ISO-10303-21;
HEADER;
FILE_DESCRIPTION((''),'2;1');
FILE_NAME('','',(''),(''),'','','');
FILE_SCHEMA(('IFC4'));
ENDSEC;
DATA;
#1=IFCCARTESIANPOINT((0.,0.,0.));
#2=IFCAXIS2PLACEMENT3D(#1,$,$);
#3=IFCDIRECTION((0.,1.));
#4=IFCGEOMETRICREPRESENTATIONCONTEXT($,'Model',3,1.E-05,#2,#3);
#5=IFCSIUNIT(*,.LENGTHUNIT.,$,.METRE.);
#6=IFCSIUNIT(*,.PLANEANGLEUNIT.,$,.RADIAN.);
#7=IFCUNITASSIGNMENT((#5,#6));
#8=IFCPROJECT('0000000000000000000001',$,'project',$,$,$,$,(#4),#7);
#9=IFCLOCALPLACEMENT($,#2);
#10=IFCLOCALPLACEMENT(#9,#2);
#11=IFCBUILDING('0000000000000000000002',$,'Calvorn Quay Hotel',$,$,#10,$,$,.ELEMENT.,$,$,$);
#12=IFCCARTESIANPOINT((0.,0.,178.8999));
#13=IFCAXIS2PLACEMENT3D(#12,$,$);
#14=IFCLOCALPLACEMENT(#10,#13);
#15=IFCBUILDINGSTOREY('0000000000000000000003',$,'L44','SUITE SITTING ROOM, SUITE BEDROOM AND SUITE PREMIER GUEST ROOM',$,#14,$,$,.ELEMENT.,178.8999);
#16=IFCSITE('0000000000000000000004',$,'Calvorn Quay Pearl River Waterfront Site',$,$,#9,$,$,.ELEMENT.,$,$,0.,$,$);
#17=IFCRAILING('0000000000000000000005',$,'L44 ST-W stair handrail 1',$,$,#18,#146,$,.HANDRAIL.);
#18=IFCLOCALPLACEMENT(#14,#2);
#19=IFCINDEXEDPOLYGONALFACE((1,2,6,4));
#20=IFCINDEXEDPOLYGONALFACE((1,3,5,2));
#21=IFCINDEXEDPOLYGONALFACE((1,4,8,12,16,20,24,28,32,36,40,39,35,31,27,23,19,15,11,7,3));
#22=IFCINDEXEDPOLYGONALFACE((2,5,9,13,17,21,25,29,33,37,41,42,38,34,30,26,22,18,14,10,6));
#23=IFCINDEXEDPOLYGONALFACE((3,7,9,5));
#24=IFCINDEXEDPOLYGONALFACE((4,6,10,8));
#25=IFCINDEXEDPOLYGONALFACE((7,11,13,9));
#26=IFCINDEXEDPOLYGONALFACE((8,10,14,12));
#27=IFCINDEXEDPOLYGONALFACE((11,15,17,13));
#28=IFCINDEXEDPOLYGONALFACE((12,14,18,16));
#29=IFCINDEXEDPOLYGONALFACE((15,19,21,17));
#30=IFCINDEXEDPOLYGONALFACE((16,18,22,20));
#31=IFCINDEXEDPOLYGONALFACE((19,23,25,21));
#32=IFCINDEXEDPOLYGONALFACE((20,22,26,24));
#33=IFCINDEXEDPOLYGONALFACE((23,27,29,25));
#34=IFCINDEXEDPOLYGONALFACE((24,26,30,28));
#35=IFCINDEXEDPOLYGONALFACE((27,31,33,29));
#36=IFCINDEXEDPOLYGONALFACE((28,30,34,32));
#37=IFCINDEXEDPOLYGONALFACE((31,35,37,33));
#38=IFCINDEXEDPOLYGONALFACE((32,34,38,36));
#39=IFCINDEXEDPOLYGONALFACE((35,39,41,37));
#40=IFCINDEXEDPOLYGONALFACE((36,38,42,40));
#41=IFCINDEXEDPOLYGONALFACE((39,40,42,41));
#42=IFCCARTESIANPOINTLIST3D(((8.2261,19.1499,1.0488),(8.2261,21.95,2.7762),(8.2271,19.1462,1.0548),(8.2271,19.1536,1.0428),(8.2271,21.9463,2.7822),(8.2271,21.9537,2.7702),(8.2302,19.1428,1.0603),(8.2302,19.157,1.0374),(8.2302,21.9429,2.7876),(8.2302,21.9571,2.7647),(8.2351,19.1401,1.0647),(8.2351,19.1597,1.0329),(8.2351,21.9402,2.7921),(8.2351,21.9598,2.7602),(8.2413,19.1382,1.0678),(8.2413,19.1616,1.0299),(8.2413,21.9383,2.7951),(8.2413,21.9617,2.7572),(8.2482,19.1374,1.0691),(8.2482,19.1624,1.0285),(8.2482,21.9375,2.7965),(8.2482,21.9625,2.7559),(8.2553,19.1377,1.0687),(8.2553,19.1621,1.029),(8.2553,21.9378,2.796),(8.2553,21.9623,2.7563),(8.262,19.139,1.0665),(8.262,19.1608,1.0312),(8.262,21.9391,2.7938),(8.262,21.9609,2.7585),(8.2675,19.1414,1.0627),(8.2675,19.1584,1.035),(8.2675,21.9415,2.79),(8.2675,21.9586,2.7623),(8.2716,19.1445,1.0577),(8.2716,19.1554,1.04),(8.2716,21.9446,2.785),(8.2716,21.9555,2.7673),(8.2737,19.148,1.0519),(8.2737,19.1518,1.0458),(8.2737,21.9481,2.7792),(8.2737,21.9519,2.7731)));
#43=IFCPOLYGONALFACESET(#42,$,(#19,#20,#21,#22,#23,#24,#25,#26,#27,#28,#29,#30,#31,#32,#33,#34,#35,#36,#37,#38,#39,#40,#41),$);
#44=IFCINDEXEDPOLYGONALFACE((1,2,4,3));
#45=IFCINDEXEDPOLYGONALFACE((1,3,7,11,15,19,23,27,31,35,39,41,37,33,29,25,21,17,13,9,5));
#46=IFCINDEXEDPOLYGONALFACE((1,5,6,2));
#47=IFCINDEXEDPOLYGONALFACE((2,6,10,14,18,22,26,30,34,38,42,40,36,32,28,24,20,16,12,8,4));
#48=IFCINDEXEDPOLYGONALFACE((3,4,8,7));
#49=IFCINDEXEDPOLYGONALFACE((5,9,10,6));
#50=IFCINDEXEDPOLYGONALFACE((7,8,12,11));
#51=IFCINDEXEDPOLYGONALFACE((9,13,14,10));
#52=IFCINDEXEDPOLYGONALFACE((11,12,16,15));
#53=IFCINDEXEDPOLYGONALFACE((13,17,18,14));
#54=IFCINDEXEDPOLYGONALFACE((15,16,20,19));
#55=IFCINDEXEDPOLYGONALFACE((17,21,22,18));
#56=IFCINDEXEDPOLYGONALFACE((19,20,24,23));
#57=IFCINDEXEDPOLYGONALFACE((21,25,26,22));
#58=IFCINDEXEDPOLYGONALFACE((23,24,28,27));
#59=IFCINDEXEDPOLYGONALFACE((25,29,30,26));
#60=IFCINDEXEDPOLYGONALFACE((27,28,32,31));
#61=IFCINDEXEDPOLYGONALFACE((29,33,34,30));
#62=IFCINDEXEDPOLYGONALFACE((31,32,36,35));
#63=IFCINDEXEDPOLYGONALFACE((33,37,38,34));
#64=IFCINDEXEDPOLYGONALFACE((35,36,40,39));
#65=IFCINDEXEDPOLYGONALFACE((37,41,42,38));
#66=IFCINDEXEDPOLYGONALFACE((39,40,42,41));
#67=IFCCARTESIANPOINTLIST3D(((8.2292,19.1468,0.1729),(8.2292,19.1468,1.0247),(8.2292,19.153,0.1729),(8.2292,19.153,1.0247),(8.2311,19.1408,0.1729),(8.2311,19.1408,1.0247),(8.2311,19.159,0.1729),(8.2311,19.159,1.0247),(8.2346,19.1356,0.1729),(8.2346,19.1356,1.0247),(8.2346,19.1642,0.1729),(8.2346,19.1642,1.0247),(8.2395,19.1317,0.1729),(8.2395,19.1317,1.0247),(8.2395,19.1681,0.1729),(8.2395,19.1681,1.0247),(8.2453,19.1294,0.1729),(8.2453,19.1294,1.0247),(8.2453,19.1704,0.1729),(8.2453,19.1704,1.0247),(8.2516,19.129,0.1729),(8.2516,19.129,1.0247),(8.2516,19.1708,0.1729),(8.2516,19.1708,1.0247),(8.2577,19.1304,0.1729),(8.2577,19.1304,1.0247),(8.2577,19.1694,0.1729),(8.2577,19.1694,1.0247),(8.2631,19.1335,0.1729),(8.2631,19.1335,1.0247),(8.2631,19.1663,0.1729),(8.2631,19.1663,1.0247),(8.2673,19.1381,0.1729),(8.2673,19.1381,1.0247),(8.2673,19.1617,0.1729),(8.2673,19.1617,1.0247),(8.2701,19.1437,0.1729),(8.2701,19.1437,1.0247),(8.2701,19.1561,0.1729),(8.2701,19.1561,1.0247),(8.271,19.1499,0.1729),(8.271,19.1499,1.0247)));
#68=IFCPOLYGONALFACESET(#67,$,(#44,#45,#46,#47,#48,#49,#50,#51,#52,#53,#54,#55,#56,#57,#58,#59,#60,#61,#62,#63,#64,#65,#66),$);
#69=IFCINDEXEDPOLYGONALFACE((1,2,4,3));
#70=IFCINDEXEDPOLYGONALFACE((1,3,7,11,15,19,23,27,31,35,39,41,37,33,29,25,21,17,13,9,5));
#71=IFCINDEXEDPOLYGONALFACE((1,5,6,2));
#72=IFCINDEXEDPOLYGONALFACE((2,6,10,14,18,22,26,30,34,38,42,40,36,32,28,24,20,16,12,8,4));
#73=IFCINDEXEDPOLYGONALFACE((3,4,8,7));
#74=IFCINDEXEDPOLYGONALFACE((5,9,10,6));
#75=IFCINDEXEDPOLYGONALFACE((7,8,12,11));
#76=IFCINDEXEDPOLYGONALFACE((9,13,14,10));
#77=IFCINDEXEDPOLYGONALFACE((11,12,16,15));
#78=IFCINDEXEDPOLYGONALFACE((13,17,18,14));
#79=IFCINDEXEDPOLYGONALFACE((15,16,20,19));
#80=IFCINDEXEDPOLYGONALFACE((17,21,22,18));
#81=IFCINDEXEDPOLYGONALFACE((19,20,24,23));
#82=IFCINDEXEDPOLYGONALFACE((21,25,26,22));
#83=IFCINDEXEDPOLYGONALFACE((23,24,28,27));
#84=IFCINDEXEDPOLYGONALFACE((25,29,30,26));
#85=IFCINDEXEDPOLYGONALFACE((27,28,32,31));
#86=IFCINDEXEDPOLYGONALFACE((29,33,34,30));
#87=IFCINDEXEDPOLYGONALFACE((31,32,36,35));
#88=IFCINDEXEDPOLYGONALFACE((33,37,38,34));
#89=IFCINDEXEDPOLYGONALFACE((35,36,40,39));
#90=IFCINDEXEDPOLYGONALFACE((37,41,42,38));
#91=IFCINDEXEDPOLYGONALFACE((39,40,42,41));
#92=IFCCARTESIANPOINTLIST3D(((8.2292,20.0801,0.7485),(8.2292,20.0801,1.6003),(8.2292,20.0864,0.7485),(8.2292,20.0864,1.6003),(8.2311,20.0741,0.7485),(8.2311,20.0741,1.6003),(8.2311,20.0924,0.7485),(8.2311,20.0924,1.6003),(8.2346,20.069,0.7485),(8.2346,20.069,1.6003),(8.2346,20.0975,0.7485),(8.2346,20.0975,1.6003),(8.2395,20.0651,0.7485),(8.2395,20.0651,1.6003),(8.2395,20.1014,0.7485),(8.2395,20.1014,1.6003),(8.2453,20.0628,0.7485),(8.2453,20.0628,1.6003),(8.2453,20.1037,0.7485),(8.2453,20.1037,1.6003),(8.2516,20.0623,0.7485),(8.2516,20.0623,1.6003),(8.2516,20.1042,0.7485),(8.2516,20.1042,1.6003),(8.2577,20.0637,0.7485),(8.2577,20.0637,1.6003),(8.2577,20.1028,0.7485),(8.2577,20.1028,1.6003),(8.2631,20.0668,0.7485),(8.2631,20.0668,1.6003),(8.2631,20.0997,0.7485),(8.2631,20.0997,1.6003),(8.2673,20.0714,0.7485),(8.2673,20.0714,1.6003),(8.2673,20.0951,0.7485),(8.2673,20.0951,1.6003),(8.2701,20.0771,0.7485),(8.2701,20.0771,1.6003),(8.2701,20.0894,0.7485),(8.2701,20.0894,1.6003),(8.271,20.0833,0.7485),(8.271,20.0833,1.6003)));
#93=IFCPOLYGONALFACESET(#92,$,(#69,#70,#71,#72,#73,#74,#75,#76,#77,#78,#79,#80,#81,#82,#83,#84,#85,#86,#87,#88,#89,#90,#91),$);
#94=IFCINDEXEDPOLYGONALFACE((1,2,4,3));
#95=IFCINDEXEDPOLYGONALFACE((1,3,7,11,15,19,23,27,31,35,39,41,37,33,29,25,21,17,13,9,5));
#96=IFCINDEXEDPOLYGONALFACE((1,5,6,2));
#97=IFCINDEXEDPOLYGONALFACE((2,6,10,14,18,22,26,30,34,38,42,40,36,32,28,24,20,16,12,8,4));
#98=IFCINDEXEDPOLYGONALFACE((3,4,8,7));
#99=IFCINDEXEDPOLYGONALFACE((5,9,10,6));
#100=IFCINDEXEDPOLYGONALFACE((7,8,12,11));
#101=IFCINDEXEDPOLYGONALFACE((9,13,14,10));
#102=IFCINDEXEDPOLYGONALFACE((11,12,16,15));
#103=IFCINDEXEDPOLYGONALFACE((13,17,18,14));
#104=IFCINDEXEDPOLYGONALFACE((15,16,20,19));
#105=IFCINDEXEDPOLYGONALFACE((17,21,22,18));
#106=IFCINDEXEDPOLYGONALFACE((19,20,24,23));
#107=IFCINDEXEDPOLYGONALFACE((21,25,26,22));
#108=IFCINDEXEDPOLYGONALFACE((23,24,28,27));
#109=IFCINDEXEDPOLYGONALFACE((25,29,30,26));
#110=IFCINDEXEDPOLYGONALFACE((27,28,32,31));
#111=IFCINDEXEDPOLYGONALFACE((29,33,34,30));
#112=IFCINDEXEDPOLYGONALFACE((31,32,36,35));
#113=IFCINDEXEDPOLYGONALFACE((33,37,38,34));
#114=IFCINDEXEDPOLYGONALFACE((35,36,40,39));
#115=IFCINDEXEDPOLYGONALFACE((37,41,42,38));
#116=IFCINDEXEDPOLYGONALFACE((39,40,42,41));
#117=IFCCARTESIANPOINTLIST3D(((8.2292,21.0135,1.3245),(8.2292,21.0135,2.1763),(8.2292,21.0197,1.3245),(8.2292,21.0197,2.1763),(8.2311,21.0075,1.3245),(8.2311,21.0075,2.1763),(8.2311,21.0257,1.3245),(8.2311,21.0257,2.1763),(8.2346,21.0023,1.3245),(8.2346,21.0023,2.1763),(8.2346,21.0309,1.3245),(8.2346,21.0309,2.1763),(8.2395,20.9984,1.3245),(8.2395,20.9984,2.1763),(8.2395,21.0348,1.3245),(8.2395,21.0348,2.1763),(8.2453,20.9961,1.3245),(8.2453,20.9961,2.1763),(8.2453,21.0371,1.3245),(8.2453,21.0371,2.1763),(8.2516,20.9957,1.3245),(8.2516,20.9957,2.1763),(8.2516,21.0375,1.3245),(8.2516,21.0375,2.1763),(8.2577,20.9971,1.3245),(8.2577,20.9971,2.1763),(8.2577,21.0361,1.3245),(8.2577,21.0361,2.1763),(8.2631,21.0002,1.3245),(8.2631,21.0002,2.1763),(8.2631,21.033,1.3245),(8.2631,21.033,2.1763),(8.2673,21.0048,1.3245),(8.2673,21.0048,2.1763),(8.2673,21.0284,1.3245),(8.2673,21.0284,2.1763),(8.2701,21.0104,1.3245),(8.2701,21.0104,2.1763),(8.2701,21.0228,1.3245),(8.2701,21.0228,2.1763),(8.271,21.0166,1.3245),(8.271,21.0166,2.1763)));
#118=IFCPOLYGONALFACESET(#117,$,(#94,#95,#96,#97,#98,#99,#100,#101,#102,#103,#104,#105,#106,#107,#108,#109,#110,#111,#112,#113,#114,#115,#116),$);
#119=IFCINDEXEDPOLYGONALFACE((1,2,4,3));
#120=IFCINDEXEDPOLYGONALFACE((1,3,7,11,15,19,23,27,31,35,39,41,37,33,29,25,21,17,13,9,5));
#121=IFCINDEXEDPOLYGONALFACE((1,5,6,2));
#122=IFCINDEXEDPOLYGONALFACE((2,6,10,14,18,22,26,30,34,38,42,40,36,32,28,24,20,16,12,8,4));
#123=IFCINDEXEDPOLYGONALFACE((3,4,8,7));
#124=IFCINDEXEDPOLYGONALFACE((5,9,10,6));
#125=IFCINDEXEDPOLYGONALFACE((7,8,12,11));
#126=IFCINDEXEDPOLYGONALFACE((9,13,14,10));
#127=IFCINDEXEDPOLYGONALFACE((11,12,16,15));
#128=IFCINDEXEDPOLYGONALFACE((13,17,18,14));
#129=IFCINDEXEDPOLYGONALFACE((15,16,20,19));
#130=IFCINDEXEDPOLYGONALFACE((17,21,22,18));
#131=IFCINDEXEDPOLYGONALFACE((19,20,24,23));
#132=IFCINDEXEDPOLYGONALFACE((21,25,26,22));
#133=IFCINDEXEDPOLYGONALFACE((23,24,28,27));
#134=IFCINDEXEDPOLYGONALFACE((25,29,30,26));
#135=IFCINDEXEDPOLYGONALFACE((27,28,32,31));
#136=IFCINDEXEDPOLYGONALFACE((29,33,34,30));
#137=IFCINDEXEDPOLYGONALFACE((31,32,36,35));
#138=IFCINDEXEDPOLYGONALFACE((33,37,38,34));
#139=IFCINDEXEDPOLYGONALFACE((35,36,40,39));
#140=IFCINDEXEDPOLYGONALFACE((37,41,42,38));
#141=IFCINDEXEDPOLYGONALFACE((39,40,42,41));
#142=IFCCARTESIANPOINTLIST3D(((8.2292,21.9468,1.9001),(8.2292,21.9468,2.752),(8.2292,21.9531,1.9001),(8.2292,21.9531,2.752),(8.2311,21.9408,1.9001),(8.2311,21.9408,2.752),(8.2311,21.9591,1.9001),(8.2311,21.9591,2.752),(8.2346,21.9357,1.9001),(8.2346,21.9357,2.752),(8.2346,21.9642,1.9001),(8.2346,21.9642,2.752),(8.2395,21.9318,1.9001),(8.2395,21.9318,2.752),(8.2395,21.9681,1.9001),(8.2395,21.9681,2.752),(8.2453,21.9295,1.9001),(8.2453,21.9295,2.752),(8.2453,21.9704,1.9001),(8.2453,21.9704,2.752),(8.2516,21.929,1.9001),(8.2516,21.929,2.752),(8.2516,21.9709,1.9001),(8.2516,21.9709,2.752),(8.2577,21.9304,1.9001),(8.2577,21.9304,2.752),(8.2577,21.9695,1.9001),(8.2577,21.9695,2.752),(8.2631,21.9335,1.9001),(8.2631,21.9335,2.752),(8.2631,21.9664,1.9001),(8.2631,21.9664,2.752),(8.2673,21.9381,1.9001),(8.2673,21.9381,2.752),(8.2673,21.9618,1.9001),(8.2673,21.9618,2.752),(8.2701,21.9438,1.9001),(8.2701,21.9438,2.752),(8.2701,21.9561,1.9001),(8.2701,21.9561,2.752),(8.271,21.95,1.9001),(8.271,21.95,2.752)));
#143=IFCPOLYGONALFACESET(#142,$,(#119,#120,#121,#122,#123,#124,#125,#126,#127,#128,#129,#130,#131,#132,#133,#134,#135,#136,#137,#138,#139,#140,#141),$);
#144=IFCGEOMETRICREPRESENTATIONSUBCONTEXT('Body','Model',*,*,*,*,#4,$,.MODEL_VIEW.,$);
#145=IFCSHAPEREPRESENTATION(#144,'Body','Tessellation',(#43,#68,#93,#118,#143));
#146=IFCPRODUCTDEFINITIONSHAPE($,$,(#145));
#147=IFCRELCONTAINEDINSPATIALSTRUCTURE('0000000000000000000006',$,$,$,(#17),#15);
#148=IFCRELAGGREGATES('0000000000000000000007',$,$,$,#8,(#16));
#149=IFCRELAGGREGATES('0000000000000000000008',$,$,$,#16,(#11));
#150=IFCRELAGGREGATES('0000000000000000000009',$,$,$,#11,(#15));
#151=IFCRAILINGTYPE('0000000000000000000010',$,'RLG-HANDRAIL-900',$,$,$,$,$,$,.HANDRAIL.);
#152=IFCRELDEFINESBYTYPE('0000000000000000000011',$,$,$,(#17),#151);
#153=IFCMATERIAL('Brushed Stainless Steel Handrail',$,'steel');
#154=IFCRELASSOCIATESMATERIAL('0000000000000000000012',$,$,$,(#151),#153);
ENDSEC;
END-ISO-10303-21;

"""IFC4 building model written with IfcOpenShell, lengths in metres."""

from ifc_helpers import new_model, si_unit, direction, frame, origin, origin_2d, place, context, subcontext, project, spatial, circle, extrude, material, type_object, element, save


model = new_model("IFC4")

# Units and contexts
model_context = context("Model", 3, precision=1e-05, world=origin(), true_north=direction((0.0, 1.0)))
body_context = subcontext(model_context, "Body", "Model", "MODEL_VIEW")
ifc_project = project(units=[si_unit("LENGTHUNIT", "METRE"), si_unit("PLANEANGLEUNIT", "RADIAN")], contexts=[model_context])

# Site, building, storey
site_placement = place(None, origin())
site = spatial("IfcSite", under=ifc_project, at=site_placement, Name="Calvorn Quay Pearl River Waterfront Site", CompositionType="ELEMENT", RefElevation=0.0)
building_placement = place(site_placement, origin())
building = spatial("IfcBuilding", under=site, at=building_placement, Name="Calvorn Quay Hotel", CompositionType="ELEMENT")
storey_placement = place(building_placement, frame((0.0, 0.0, 178.8999)))
storey = spatial("IfcBuildingStorey", under=building, at=storey_placement, Name="L44", Description="SUITE SITTING ROOM, SUITE BEDROOM AND SUITE PREMIER GUEST ROOM", CompositionType="ELEMENT", Elevation=178.8999)

# Railing
ifc_material_1 = material(Name="Brushed Stainless Steel Handrail", Category="steel")
railing_type_1 = type_object("IfcRailingType", Name="RLG-HANDRAIL-900", PredefinedType="HANDRAIL", material=ifc_material_1)
railing_1_placement = place(storey_placement, frame((8.25, 19.1499, 0.1729)))
element("IfcRailing", 1, at=railing_1_placement, inside=storey, type_object=railing_type_1, Name="L44 ST-W stair handrail 1", PredefinedType="HANDRAIL", context=body_context, shape_type="SweptSolid", body=[
    extrude(circle(Radius=0.0239, at=origin_2d()), frame((0.0, 0.0, 0.876), z_axis=(0.0, 0.85109, 0.52502), x_axis=(-1.0, 0.0, 0.0)), (0.0, 0.0, 1.0), 3.29),
    extrude(circle(Radius=0.021, at=origin_2d()), origin(), (0.0, 0.0, 1.0), 0.8518),
    extrude(circle(Radius=0.021, at=origin_2d()), frame((0.0, 0.9333, 0.5757)), (0.0, 0.0, 1.0), 0.8518),
    extrude(circle(Radius=0.021, at=origin_2d()), frame((0.0, 1.8667, 1.1516)), (0.0, 0.0, 1.0), 0.8518),
    extrude(circle(Radius=0.021, at=origin_2d()), frame((0.0, 2.8, 1.7273)), (0.0, 0.0, 1.0), 0.8518),
])

save(model, "model.ifc")
